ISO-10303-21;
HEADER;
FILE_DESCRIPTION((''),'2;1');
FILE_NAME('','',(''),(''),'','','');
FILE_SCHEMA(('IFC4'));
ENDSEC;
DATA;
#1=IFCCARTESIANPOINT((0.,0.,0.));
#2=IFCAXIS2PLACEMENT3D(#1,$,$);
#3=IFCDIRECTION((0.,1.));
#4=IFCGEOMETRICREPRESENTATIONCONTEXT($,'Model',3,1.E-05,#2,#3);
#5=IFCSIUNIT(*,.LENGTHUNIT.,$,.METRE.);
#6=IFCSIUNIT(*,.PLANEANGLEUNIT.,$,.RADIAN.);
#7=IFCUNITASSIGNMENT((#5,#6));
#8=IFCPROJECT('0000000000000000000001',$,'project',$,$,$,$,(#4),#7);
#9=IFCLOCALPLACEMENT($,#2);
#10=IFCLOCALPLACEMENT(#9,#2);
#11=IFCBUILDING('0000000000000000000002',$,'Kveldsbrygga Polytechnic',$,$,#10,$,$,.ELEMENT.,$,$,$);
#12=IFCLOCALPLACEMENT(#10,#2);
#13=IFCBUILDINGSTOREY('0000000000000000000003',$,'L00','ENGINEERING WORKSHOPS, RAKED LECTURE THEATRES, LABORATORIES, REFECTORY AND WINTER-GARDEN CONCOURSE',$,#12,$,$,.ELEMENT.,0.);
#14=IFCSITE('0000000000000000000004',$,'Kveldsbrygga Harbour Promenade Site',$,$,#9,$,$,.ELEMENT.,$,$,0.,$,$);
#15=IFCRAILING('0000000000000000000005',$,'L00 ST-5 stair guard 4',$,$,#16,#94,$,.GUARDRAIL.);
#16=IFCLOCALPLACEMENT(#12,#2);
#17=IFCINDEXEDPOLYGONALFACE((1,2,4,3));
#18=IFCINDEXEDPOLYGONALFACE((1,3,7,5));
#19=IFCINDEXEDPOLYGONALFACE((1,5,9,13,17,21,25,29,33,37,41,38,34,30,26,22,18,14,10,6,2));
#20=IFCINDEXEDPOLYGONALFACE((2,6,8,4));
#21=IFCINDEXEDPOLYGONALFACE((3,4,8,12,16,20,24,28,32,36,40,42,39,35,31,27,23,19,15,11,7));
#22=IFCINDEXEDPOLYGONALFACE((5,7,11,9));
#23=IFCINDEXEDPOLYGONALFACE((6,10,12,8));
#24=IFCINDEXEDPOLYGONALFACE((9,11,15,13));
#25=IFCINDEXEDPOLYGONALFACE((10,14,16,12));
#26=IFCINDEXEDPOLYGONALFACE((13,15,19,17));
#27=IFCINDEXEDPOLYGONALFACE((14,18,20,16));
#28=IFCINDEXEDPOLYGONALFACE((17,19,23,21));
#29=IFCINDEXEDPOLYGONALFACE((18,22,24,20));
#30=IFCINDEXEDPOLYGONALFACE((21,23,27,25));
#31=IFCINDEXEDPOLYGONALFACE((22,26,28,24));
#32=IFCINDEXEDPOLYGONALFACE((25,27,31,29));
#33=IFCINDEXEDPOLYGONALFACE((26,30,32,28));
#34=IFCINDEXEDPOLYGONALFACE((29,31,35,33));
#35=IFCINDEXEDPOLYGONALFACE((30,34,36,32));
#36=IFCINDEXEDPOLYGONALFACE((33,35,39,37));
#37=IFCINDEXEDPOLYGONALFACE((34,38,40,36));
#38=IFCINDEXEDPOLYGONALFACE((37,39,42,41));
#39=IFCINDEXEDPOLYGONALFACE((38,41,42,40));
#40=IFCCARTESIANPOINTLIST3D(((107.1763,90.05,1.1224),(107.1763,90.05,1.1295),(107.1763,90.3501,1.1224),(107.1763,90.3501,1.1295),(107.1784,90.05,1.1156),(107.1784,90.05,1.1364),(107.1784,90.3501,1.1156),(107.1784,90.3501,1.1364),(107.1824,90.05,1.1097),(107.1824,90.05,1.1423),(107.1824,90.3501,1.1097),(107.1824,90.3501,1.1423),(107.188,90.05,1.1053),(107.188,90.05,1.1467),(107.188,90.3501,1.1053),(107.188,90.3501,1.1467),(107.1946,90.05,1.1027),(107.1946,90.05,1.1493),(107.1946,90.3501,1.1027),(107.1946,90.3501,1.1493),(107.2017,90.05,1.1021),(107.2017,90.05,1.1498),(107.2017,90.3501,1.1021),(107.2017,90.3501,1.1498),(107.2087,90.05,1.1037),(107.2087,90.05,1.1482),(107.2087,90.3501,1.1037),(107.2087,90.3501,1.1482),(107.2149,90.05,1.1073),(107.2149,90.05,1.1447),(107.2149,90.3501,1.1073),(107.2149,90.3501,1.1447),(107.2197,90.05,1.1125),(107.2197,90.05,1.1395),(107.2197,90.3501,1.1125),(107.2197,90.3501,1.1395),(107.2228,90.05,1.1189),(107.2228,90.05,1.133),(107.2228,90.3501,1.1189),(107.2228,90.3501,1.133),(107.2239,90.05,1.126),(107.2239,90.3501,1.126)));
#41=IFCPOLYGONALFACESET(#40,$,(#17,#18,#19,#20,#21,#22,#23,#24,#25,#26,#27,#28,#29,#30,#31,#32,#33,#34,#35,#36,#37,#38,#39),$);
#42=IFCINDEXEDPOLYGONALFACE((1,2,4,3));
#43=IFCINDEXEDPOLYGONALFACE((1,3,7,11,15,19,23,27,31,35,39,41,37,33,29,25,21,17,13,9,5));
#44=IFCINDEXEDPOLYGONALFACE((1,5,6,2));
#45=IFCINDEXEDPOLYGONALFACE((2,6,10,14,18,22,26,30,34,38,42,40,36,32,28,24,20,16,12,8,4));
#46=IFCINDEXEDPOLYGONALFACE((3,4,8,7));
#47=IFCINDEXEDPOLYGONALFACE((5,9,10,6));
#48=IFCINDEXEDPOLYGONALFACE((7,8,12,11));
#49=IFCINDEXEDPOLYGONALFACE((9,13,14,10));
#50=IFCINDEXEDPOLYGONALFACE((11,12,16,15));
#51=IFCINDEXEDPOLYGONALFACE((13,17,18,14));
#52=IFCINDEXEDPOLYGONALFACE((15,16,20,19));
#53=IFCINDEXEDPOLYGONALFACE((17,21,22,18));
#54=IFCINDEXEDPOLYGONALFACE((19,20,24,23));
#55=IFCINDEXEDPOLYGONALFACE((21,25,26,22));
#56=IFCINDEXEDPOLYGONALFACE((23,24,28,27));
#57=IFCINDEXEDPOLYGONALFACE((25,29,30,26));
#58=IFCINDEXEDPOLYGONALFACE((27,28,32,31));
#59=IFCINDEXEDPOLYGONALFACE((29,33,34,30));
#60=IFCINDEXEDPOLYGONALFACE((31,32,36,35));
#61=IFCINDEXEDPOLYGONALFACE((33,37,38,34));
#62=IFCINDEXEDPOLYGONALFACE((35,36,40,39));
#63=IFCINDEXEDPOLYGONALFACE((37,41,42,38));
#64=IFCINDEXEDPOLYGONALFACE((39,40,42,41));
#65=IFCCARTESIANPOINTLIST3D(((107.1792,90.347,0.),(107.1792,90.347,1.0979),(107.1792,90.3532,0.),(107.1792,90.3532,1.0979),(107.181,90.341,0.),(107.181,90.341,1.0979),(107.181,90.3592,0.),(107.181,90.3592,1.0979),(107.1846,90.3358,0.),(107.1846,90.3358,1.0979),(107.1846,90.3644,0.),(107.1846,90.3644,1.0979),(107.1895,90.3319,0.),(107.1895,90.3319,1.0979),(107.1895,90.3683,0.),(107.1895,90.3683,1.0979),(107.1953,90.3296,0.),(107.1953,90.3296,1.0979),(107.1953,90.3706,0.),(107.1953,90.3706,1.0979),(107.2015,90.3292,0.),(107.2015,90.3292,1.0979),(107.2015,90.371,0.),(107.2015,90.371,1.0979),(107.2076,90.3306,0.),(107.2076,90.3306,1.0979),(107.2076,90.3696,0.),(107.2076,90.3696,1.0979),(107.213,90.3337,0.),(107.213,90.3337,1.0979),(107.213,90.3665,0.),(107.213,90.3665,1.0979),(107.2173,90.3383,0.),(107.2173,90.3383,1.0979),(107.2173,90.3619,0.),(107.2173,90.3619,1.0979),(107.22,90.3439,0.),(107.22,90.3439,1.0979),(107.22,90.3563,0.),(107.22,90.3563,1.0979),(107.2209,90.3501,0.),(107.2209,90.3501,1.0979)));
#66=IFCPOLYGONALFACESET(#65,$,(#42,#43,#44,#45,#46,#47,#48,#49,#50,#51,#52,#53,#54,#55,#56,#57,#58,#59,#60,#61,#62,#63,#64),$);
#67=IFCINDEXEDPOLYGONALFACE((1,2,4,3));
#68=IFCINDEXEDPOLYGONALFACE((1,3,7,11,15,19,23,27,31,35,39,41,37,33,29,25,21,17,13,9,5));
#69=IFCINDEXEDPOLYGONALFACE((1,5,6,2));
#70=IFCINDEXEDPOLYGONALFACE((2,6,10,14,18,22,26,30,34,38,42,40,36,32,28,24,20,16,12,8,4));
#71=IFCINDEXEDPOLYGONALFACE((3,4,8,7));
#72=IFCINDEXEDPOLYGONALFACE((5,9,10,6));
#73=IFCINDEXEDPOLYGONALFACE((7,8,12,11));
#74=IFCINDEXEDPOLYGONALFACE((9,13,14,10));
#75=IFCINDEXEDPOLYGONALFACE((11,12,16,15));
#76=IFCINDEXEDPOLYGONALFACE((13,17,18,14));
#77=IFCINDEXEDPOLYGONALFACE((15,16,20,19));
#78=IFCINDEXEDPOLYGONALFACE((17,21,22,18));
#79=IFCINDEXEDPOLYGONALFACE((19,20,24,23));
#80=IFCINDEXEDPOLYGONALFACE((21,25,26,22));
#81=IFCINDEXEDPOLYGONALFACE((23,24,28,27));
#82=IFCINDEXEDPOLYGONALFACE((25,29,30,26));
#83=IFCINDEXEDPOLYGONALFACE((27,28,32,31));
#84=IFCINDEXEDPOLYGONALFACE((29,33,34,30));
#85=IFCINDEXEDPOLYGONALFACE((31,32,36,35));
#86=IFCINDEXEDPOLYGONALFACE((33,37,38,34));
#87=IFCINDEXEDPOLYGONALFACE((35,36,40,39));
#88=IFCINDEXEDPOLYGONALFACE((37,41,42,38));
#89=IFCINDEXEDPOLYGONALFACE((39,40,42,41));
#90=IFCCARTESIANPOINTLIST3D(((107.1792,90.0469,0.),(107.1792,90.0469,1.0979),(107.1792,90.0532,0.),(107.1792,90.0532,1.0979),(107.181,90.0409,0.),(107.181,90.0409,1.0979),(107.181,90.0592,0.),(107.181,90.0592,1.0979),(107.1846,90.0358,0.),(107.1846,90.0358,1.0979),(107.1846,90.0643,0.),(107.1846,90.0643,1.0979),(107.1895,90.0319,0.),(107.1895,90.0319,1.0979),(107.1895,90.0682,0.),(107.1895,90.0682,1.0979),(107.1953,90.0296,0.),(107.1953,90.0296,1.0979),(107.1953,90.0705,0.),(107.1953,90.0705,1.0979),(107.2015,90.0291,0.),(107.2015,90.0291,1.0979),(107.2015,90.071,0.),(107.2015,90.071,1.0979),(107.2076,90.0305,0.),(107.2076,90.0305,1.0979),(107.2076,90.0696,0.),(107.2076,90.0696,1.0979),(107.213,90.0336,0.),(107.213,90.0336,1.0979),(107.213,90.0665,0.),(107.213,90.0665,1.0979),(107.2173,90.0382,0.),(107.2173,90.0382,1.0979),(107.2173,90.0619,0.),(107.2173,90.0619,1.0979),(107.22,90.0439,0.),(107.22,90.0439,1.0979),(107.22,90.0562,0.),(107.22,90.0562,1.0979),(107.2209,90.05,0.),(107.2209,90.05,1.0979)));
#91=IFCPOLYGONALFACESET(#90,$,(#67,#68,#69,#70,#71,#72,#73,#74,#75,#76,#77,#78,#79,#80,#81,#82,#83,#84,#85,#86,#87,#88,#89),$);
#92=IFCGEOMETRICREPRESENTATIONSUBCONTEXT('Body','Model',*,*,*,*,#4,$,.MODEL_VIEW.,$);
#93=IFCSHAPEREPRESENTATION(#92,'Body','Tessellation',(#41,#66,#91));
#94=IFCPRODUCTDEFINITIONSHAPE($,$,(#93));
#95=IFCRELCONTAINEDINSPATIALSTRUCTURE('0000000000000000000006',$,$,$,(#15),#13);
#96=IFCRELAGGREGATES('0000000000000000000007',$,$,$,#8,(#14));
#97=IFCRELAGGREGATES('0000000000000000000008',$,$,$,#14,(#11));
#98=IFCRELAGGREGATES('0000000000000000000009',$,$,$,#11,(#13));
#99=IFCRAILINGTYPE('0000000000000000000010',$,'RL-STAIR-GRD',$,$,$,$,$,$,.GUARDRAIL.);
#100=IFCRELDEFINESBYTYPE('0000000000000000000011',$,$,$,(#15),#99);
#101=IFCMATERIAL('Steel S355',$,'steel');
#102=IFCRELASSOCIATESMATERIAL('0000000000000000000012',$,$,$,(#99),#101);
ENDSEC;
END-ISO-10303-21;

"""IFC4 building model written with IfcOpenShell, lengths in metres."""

from ifc_helpers import new_model, si_unit, direction, frame, origin, origin_2d, place, context, subcontext, project, spatial, circle, extrude, material, type_object, element, save


model = new_model("IFC4")

# Units and contexts
model_context = context("Model", 3, precision=1e-05, world=origin(), true_north=direction((0.0, 1.0)))
body_context = subcontext(model_context, "Body", "Model", "MODEL_VIEW")
ifc_project = project(units=[si_unit("LENGTHUNIT", "METRE"), si_unit("PLANEANGLEUNIT", "RADIAN")], contexts=[model_context])

# Site, building, storey
site_placement = place(None, origin())
site = spatial("IfcSite", under=ifc_project, at=site_placement, Name="Kveldsbrygga Harbour Promenade Site", CompositionType="ELEMENT", RefElevation=0.0)
building_placement = place(site_placement, origin())
building = spatial("IfcBuilding", under=site, at=building_placement, Name="Kveldsbrygga Polytechnic", CompositionType="ELEMENT")
storey_placement = place(building_placement, origin())
storey = spatial("IfcBuildingStorey", under=building, at=storey_placement, Name="L00", Description="ENGINEERING WORKSHOPS, RAKED LECTURE THEATRES, LABORATORIES, REFECTORY AND WINTER-GARDEN CONCOURSE", CompositionType="ELEMENT", Elevation=0.0)

# Railing
ifc_material_1 = material(Name="Steel S355", Category="steel")
railing_type_1 = type_object("IfcRailingType", Name="RL-STAIR-GRD", PredefinedType="GUARDRAIL", material=ifc_material_1)
railing_1_placement = place(storey_placement, frame((107.2, 90.3501, 0.0)))
element("IfcRailing", 1, at=railing_1_placement, inside=storey, type_object=railing_type_1, Name="L00 ST-5 stair guard 4", PredefinedType="GUARDRAIL", context=body_context, shape_type="SweptSolid", body=[
    extrude(circle(Radius=0.0239, at=origin_2d()), frame((0.0, 0.0, 1.126), z_axis=(0.0, -1.0, 0.0), x_axis=(1.0, 0.0, 0.0)), (0.0, 0.0, 1.0), 0.3),
    extrude(circle(Radius=0.021, at=origin_2d()), origin(), (0.0, 0.0, 1.0), 1.0979),
    extrude(circle(Radius=0.021, at=origin_2d()), frame((0.0, -0.3, 0.0)), (0.0, 0.0, 1.0), 1.0979),
])

save(model, "model.ifc")
